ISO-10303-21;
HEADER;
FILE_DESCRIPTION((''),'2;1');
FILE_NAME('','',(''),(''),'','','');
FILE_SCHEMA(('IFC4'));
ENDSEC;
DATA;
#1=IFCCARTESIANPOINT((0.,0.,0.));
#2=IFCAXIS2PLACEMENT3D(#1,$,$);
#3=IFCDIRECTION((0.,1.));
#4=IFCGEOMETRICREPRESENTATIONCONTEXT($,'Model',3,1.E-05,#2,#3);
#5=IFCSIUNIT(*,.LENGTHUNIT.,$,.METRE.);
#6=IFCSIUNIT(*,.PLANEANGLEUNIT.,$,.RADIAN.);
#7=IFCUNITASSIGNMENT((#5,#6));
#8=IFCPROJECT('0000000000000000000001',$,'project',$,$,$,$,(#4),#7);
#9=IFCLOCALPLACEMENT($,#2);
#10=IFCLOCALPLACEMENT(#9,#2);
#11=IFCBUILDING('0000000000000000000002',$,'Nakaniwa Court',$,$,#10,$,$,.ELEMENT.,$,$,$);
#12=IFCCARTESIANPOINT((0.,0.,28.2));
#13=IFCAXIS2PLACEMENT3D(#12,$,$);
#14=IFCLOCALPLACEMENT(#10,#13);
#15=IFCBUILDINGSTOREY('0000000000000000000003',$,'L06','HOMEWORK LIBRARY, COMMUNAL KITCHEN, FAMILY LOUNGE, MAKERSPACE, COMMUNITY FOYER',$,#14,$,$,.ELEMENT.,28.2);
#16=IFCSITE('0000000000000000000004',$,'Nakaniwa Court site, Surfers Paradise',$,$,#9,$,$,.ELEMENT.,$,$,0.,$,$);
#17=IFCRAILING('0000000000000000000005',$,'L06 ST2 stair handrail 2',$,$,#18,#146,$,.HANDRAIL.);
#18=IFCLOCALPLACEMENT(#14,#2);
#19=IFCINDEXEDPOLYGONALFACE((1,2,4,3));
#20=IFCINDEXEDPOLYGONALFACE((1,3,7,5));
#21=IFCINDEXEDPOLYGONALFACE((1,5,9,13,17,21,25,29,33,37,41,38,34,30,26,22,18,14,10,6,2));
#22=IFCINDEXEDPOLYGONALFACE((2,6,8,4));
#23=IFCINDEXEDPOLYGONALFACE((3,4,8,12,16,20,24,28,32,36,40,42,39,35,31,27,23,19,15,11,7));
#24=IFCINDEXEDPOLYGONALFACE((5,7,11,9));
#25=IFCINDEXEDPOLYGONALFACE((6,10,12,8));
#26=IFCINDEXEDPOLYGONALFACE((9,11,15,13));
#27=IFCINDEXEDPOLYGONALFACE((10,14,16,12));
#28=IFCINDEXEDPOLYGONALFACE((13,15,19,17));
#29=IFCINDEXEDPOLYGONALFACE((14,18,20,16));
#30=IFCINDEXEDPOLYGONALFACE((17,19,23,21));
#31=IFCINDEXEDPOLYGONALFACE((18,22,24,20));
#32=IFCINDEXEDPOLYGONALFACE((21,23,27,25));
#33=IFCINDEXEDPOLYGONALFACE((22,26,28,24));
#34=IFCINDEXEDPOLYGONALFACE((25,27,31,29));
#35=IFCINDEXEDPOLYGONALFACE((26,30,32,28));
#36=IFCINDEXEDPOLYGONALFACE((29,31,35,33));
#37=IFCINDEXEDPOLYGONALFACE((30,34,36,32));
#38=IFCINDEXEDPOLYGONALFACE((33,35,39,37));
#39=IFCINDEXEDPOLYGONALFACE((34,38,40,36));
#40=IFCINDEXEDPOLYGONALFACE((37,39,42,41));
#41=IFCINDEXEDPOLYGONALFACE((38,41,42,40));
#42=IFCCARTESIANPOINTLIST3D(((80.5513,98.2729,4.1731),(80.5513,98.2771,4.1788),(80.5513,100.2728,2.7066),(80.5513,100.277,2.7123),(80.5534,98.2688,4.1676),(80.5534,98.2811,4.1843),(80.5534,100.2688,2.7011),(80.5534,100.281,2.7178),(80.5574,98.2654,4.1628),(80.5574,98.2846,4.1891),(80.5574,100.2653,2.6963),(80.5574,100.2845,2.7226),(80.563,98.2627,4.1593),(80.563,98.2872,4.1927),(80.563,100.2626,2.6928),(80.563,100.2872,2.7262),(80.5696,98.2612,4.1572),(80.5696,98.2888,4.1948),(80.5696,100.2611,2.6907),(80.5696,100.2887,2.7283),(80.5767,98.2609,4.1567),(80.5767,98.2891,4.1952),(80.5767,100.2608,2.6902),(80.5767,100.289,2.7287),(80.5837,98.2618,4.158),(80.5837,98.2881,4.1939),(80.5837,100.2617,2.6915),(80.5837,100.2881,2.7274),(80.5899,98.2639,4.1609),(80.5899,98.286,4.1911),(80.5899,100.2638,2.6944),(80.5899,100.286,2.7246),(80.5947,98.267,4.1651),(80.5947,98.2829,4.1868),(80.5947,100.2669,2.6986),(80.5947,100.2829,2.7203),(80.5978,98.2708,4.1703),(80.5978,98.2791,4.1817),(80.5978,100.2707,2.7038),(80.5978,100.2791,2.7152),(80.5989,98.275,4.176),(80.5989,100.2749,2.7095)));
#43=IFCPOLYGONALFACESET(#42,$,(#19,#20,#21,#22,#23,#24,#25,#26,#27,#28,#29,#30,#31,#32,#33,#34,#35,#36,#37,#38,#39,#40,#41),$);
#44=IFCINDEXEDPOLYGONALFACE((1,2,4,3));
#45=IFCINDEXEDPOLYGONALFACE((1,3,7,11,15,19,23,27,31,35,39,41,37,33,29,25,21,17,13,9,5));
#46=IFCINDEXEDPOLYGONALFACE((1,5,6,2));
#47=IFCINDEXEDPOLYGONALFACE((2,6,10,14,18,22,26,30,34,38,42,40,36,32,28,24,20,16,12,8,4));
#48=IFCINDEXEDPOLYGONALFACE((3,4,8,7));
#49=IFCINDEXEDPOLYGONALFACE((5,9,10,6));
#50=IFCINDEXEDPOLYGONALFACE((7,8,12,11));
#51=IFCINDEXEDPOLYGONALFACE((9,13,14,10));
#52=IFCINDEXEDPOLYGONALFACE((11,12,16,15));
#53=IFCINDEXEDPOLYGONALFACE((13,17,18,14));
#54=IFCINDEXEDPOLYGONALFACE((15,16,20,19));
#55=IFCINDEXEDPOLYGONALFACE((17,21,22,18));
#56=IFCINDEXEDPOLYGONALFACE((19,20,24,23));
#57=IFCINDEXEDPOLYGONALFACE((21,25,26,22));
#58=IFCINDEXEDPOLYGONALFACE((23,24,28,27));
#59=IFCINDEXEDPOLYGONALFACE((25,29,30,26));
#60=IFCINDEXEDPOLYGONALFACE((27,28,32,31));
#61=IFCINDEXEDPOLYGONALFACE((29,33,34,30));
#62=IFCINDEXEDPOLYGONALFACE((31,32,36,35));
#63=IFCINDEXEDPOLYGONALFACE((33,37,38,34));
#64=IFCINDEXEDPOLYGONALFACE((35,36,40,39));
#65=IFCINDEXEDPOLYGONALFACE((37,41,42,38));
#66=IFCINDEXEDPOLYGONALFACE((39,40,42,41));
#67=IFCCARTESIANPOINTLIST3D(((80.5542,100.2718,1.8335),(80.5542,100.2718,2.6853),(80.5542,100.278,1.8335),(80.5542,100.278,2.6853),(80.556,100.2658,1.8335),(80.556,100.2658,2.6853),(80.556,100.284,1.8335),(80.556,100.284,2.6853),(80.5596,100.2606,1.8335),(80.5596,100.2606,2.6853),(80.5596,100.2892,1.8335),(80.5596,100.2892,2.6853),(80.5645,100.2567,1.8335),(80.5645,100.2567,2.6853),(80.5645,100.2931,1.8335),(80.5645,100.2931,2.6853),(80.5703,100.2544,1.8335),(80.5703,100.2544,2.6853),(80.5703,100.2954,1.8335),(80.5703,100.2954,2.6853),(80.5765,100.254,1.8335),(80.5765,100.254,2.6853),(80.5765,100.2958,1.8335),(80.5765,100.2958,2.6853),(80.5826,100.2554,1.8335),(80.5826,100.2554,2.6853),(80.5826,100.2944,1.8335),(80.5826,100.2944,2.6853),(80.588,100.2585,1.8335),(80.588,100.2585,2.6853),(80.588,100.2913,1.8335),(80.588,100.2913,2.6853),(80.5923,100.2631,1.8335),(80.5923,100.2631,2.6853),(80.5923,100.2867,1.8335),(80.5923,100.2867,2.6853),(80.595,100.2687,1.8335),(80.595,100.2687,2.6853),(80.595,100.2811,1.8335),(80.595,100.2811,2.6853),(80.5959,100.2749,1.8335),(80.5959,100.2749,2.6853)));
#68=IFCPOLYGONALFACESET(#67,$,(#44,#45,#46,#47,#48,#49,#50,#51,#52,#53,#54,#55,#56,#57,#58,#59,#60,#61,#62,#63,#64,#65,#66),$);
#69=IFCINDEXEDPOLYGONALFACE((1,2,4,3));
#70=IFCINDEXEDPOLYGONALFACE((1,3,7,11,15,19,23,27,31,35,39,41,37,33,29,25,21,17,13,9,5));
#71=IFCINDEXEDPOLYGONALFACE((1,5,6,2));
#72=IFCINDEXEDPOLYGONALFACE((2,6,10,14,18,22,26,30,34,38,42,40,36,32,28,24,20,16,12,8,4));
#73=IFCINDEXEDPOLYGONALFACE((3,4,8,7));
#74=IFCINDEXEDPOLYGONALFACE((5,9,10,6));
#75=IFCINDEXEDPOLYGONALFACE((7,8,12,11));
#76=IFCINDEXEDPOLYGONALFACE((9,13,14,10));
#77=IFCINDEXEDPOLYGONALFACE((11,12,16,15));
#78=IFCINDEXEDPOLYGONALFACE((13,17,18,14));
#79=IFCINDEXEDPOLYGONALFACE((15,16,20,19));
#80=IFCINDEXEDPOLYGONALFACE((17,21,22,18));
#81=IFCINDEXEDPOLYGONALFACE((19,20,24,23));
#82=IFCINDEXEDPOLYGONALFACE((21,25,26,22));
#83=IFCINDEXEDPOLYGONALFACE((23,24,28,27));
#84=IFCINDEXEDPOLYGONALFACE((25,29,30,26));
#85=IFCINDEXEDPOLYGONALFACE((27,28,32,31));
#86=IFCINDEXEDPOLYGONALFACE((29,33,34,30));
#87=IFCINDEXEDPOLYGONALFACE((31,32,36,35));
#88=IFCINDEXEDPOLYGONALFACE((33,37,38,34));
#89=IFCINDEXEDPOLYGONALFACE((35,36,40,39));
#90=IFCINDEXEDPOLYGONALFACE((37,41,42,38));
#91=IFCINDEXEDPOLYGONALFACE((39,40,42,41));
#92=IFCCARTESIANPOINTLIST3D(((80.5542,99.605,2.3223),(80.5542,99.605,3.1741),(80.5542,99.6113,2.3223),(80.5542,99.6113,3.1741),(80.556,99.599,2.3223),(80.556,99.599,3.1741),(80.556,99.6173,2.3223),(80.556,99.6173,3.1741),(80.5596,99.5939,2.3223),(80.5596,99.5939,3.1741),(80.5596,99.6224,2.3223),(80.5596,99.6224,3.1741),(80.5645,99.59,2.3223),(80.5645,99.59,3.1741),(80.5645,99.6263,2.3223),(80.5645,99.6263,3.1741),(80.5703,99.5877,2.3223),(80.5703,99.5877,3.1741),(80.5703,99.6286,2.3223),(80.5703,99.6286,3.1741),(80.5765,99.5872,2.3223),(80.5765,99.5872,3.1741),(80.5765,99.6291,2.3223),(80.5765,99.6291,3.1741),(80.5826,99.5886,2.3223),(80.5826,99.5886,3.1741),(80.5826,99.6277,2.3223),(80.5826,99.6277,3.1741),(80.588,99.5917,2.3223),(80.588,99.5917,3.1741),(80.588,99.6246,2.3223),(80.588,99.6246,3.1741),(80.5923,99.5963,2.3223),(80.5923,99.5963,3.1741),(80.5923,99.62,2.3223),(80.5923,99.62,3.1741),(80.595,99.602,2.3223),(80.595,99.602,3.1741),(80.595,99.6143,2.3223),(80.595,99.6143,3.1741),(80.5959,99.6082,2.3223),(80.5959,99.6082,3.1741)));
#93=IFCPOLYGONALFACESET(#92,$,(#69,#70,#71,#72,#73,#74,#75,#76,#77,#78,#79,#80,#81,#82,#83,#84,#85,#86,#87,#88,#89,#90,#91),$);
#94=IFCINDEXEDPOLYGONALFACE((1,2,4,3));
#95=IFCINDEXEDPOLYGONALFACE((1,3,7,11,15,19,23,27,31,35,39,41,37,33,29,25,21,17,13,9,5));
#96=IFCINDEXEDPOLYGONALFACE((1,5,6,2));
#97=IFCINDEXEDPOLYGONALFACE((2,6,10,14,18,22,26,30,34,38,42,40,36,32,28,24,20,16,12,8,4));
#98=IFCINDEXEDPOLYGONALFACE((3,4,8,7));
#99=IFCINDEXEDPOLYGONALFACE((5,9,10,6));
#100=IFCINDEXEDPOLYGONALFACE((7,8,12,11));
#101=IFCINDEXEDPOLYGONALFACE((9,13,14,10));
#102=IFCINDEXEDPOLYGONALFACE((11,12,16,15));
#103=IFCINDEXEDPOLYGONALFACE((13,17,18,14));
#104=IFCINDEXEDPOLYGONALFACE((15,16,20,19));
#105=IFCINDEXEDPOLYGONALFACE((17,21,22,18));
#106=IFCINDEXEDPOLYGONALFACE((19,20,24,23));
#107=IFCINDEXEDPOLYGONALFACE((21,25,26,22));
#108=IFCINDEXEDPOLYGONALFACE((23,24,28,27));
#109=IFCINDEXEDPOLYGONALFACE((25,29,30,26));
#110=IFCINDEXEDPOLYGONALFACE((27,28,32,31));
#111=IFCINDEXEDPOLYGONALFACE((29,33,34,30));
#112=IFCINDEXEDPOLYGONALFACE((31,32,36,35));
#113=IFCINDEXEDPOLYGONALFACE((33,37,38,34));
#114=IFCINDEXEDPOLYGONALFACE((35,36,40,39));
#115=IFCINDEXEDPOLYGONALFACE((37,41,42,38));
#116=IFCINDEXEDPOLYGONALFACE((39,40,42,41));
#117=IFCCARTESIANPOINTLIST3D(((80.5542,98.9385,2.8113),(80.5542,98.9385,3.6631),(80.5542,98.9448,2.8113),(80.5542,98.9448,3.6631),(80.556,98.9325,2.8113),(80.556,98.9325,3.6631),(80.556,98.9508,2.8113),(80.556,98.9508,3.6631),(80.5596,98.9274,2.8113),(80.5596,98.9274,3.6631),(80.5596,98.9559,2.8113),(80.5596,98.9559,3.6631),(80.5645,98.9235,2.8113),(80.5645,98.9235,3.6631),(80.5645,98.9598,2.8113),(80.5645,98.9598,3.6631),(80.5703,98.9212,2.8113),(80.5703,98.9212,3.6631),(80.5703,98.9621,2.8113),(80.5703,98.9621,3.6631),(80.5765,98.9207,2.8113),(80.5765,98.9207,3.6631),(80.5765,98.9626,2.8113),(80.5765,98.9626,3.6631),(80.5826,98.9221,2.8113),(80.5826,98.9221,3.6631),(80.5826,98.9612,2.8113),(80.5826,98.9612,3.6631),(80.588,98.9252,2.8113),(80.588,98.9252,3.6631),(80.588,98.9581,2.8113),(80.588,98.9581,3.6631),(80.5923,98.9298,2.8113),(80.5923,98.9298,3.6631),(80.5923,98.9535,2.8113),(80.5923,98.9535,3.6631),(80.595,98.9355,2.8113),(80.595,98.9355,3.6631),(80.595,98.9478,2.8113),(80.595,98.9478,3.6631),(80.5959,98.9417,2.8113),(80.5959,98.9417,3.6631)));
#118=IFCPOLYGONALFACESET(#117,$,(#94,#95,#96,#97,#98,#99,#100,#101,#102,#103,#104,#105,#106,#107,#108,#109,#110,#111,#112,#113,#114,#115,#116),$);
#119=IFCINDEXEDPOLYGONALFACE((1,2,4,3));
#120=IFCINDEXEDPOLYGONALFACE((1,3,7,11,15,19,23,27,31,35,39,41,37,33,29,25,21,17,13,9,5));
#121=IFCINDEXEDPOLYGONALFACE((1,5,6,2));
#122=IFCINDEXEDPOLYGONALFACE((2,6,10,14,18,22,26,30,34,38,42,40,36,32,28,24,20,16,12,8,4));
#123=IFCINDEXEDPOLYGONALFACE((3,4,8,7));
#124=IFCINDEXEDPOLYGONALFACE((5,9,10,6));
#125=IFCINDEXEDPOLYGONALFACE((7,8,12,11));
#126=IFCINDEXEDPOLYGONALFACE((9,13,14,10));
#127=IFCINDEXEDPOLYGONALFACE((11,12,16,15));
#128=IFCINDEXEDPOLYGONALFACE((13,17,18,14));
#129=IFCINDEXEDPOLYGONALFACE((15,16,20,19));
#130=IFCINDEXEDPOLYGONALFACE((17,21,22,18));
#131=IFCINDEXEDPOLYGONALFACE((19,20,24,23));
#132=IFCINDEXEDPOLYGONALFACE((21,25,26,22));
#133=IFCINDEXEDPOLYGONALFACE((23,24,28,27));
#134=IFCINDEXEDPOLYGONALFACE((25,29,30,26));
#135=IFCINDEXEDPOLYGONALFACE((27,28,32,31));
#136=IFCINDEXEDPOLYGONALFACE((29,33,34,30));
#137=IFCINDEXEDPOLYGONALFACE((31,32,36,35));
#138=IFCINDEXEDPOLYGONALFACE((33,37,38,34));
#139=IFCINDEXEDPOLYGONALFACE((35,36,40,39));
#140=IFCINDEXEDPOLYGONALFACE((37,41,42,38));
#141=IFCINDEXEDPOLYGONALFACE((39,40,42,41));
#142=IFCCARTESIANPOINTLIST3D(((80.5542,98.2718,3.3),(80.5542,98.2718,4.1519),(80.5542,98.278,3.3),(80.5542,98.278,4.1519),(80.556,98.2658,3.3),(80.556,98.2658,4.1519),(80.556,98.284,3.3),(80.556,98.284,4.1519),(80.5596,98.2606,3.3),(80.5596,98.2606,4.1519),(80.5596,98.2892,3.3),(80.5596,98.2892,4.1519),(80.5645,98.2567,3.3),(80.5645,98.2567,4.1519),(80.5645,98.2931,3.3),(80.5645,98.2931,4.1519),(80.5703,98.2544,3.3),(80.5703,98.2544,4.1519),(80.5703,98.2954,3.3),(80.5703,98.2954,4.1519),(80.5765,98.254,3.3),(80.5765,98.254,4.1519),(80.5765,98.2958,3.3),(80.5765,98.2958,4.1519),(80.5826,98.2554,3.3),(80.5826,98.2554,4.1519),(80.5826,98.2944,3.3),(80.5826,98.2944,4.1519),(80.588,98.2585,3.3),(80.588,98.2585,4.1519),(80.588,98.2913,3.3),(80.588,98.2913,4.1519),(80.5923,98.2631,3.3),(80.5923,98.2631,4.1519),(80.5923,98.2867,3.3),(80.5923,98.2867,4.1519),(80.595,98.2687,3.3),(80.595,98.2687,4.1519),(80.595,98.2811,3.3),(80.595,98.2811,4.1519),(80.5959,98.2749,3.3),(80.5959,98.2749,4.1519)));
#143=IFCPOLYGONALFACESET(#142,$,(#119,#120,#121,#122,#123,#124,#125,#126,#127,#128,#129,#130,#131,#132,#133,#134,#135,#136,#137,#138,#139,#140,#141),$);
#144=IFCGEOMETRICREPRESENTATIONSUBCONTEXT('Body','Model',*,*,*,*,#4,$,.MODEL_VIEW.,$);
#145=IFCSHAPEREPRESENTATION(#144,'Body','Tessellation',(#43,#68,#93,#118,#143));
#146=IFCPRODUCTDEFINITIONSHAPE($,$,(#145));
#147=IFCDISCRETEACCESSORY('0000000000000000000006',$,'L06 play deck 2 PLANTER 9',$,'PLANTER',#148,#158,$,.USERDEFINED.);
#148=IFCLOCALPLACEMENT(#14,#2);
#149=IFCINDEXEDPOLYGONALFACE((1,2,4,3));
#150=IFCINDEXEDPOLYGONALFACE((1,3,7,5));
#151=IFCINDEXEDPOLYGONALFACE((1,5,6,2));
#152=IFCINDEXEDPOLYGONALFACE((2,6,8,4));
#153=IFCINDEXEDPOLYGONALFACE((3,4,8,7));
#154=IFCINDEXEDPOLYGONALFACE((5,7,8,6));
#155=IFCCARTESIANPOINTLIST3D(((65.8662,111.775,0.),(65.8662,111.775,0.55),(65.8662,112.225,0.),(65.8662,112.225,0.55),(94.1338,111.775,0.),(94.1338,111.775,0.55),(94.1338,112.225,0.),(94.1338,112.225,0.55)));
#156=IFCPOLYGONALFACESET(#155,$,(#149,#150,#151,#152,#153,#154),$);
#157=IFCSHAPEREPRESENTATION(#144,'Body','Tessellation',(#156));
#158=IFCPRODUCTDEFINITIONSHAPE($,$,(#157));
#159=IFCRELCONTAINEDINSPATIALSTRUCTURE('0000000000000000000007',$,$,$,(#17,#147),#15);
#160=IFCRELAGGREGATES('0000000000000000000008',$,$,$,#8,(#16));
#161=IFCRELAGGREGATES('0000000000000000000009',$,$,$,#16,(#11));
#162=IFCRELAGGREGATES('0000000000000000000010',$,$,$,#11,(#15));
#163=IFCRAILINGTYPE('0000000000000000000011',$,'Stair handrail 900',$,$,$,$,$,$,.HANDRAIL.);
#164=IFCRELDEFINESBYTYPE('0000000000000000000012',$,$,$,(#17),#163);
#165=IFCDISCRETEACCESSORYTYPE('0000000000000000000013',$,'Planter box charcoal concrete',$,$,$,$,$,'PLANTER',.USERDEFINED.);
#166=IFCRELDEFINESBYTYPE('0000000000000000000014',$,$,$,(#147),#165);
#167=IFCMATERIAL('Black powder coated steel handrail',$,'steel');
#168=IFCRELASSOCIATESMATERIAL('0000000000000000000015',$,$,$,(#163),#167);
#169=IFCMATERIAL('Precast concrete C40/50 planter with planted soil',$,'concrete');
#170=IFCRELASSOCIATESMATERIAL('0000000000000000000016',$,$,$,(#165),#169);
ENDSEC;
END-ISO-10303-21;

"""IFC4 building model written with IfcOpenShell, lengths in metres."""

from ifc_helpers import new_model, si_unit, direction, frame, origin, origin_2d, place, context, subcontext, project, spatial, rectangle, circle, extrude, material, type_object, element, save


model = new_model("IFC4")

# Units and contexts
model_context = context("Model", 3, precision=1e-05, world=origin(), true_north=direction((0.0, 1.0)))
body_context = subcontext(model_context, "Body", "Model", "MODEL_VIEW")
ifc_project = project(units=[si_unit("LENGTHUNIT", "METRE"), si_unit("PLANEANGLEUNIT", "RADIAN")], contexts=[model_context])

# Site, building, storey
site_placement = place(None, origin())
site = spatial("IfcSite", under=ifc_project, at=site_placement, Name="Nakaniwa Court site, Surfers Paradise", CompositionType="ELEMENT", RefElevation=0.0)
building_placement = place(site_placement, origin())
building = spatial("IfcBuilding", under=site, at=building_placement, Name="Nakaniwa Court", CompositionType="ELEMENT")
storey_placement = place(building_placement, frame((0.0, 0.0, 28.2)))
storey = spatial("IfcBuildingStorey", under=building, at=storey_placement, Name="L06", Description="HOMEWORK LIBRARY, COMMUNAL KITCHEN, FAMILY LOUNGE, MAKERSPACE, COMMUNITY FOYER", CompositionType="ELEMENT", Elevation=28.2)

# Railing
ifc_material_1 = material(Name="Black powder coated steel handrail", Category="steel")
railing_type_1 = type_object("IfcRailingType", Name="Stair handrail 900", PredefinedType="HANDRAIL", material=ifc_material_1)
railing_1_placement = place(storey_placement, frame((80.575, 100.2749, 1.8335)))
element("IfcRailing", 1, at=railing_1_placement, inside=storey, type_object=railing_type_1, Name="L06 ST2 stair handrail 2", PredefinedType="HANDRAIL", context=body_context, shape_type="SweptSolid", body=[
    extrude(circle(Radius=0.0239, at=origin_2d()), frame((0.0, 0.0, 0.876), z_axis=(0.0, -0.806427, 0.591334), x_axis=(1.0, 0.0, 0.0)), (0.0, 0.0, 1.0), 2.48),
    extrude(circle(Radius=0.021, at=origin_2d()), origin(), (0.0, 0.0, 1.0), 0.8518),
    extrude(circle(Radius=0.021, at=origin_2d()), frame((0.0, -0.6667, 0.4888)), (0.0, 0.0, 1.0), 0.8518),
    extrude(circle(Radius=0.021, at=origin_2d()), frame((0.0, -1.3333, 0.9778)), (0.0, 0.0, 1.0), 0.8518),
    extrude(circle(Radius=0.021, at=origin_2d()), frame((0.0, -2.0, 1.4666)), (0.0, 0.0, 1.0), 0.8518),
])

# Discrete accessory
ifc_material_2 = material(Name="Precast concrete C40/50 planter with planted soil", Category="concrete")
discrete_accessory_type = type_object("IfcDiscreteAccessoryType", Name="Planter box charcoal concrete", ElementType="PLANTER", PredefinedType="USERDEFINED", material=ifc_material_2)
discrete_accessory_placement = place(storey_placement, frame((80.0, 112.0, 0.0), z_axis=(0.0, 0.0, 1.0), x_axis=(-1.0, 0.0, 0.0)))
element("IfcDiscreteAccessory", 2, at=discrete_accessory_placement, inside=storey, type_object=discrete_accessory_type, Name="L06 play deck 2 PLANTER 9", ObjectType="PLANTER", PredefinedType="USERDEFINED", context=body_context, shape_type="SweptSolid", body=[
    extrude(rectangle(XDim=28.2676, YDim=0.45, at=origin_2d()), origin(), (0.0, 0.0, 1.0), 0.55),
])

save(model, "model.ifc")
